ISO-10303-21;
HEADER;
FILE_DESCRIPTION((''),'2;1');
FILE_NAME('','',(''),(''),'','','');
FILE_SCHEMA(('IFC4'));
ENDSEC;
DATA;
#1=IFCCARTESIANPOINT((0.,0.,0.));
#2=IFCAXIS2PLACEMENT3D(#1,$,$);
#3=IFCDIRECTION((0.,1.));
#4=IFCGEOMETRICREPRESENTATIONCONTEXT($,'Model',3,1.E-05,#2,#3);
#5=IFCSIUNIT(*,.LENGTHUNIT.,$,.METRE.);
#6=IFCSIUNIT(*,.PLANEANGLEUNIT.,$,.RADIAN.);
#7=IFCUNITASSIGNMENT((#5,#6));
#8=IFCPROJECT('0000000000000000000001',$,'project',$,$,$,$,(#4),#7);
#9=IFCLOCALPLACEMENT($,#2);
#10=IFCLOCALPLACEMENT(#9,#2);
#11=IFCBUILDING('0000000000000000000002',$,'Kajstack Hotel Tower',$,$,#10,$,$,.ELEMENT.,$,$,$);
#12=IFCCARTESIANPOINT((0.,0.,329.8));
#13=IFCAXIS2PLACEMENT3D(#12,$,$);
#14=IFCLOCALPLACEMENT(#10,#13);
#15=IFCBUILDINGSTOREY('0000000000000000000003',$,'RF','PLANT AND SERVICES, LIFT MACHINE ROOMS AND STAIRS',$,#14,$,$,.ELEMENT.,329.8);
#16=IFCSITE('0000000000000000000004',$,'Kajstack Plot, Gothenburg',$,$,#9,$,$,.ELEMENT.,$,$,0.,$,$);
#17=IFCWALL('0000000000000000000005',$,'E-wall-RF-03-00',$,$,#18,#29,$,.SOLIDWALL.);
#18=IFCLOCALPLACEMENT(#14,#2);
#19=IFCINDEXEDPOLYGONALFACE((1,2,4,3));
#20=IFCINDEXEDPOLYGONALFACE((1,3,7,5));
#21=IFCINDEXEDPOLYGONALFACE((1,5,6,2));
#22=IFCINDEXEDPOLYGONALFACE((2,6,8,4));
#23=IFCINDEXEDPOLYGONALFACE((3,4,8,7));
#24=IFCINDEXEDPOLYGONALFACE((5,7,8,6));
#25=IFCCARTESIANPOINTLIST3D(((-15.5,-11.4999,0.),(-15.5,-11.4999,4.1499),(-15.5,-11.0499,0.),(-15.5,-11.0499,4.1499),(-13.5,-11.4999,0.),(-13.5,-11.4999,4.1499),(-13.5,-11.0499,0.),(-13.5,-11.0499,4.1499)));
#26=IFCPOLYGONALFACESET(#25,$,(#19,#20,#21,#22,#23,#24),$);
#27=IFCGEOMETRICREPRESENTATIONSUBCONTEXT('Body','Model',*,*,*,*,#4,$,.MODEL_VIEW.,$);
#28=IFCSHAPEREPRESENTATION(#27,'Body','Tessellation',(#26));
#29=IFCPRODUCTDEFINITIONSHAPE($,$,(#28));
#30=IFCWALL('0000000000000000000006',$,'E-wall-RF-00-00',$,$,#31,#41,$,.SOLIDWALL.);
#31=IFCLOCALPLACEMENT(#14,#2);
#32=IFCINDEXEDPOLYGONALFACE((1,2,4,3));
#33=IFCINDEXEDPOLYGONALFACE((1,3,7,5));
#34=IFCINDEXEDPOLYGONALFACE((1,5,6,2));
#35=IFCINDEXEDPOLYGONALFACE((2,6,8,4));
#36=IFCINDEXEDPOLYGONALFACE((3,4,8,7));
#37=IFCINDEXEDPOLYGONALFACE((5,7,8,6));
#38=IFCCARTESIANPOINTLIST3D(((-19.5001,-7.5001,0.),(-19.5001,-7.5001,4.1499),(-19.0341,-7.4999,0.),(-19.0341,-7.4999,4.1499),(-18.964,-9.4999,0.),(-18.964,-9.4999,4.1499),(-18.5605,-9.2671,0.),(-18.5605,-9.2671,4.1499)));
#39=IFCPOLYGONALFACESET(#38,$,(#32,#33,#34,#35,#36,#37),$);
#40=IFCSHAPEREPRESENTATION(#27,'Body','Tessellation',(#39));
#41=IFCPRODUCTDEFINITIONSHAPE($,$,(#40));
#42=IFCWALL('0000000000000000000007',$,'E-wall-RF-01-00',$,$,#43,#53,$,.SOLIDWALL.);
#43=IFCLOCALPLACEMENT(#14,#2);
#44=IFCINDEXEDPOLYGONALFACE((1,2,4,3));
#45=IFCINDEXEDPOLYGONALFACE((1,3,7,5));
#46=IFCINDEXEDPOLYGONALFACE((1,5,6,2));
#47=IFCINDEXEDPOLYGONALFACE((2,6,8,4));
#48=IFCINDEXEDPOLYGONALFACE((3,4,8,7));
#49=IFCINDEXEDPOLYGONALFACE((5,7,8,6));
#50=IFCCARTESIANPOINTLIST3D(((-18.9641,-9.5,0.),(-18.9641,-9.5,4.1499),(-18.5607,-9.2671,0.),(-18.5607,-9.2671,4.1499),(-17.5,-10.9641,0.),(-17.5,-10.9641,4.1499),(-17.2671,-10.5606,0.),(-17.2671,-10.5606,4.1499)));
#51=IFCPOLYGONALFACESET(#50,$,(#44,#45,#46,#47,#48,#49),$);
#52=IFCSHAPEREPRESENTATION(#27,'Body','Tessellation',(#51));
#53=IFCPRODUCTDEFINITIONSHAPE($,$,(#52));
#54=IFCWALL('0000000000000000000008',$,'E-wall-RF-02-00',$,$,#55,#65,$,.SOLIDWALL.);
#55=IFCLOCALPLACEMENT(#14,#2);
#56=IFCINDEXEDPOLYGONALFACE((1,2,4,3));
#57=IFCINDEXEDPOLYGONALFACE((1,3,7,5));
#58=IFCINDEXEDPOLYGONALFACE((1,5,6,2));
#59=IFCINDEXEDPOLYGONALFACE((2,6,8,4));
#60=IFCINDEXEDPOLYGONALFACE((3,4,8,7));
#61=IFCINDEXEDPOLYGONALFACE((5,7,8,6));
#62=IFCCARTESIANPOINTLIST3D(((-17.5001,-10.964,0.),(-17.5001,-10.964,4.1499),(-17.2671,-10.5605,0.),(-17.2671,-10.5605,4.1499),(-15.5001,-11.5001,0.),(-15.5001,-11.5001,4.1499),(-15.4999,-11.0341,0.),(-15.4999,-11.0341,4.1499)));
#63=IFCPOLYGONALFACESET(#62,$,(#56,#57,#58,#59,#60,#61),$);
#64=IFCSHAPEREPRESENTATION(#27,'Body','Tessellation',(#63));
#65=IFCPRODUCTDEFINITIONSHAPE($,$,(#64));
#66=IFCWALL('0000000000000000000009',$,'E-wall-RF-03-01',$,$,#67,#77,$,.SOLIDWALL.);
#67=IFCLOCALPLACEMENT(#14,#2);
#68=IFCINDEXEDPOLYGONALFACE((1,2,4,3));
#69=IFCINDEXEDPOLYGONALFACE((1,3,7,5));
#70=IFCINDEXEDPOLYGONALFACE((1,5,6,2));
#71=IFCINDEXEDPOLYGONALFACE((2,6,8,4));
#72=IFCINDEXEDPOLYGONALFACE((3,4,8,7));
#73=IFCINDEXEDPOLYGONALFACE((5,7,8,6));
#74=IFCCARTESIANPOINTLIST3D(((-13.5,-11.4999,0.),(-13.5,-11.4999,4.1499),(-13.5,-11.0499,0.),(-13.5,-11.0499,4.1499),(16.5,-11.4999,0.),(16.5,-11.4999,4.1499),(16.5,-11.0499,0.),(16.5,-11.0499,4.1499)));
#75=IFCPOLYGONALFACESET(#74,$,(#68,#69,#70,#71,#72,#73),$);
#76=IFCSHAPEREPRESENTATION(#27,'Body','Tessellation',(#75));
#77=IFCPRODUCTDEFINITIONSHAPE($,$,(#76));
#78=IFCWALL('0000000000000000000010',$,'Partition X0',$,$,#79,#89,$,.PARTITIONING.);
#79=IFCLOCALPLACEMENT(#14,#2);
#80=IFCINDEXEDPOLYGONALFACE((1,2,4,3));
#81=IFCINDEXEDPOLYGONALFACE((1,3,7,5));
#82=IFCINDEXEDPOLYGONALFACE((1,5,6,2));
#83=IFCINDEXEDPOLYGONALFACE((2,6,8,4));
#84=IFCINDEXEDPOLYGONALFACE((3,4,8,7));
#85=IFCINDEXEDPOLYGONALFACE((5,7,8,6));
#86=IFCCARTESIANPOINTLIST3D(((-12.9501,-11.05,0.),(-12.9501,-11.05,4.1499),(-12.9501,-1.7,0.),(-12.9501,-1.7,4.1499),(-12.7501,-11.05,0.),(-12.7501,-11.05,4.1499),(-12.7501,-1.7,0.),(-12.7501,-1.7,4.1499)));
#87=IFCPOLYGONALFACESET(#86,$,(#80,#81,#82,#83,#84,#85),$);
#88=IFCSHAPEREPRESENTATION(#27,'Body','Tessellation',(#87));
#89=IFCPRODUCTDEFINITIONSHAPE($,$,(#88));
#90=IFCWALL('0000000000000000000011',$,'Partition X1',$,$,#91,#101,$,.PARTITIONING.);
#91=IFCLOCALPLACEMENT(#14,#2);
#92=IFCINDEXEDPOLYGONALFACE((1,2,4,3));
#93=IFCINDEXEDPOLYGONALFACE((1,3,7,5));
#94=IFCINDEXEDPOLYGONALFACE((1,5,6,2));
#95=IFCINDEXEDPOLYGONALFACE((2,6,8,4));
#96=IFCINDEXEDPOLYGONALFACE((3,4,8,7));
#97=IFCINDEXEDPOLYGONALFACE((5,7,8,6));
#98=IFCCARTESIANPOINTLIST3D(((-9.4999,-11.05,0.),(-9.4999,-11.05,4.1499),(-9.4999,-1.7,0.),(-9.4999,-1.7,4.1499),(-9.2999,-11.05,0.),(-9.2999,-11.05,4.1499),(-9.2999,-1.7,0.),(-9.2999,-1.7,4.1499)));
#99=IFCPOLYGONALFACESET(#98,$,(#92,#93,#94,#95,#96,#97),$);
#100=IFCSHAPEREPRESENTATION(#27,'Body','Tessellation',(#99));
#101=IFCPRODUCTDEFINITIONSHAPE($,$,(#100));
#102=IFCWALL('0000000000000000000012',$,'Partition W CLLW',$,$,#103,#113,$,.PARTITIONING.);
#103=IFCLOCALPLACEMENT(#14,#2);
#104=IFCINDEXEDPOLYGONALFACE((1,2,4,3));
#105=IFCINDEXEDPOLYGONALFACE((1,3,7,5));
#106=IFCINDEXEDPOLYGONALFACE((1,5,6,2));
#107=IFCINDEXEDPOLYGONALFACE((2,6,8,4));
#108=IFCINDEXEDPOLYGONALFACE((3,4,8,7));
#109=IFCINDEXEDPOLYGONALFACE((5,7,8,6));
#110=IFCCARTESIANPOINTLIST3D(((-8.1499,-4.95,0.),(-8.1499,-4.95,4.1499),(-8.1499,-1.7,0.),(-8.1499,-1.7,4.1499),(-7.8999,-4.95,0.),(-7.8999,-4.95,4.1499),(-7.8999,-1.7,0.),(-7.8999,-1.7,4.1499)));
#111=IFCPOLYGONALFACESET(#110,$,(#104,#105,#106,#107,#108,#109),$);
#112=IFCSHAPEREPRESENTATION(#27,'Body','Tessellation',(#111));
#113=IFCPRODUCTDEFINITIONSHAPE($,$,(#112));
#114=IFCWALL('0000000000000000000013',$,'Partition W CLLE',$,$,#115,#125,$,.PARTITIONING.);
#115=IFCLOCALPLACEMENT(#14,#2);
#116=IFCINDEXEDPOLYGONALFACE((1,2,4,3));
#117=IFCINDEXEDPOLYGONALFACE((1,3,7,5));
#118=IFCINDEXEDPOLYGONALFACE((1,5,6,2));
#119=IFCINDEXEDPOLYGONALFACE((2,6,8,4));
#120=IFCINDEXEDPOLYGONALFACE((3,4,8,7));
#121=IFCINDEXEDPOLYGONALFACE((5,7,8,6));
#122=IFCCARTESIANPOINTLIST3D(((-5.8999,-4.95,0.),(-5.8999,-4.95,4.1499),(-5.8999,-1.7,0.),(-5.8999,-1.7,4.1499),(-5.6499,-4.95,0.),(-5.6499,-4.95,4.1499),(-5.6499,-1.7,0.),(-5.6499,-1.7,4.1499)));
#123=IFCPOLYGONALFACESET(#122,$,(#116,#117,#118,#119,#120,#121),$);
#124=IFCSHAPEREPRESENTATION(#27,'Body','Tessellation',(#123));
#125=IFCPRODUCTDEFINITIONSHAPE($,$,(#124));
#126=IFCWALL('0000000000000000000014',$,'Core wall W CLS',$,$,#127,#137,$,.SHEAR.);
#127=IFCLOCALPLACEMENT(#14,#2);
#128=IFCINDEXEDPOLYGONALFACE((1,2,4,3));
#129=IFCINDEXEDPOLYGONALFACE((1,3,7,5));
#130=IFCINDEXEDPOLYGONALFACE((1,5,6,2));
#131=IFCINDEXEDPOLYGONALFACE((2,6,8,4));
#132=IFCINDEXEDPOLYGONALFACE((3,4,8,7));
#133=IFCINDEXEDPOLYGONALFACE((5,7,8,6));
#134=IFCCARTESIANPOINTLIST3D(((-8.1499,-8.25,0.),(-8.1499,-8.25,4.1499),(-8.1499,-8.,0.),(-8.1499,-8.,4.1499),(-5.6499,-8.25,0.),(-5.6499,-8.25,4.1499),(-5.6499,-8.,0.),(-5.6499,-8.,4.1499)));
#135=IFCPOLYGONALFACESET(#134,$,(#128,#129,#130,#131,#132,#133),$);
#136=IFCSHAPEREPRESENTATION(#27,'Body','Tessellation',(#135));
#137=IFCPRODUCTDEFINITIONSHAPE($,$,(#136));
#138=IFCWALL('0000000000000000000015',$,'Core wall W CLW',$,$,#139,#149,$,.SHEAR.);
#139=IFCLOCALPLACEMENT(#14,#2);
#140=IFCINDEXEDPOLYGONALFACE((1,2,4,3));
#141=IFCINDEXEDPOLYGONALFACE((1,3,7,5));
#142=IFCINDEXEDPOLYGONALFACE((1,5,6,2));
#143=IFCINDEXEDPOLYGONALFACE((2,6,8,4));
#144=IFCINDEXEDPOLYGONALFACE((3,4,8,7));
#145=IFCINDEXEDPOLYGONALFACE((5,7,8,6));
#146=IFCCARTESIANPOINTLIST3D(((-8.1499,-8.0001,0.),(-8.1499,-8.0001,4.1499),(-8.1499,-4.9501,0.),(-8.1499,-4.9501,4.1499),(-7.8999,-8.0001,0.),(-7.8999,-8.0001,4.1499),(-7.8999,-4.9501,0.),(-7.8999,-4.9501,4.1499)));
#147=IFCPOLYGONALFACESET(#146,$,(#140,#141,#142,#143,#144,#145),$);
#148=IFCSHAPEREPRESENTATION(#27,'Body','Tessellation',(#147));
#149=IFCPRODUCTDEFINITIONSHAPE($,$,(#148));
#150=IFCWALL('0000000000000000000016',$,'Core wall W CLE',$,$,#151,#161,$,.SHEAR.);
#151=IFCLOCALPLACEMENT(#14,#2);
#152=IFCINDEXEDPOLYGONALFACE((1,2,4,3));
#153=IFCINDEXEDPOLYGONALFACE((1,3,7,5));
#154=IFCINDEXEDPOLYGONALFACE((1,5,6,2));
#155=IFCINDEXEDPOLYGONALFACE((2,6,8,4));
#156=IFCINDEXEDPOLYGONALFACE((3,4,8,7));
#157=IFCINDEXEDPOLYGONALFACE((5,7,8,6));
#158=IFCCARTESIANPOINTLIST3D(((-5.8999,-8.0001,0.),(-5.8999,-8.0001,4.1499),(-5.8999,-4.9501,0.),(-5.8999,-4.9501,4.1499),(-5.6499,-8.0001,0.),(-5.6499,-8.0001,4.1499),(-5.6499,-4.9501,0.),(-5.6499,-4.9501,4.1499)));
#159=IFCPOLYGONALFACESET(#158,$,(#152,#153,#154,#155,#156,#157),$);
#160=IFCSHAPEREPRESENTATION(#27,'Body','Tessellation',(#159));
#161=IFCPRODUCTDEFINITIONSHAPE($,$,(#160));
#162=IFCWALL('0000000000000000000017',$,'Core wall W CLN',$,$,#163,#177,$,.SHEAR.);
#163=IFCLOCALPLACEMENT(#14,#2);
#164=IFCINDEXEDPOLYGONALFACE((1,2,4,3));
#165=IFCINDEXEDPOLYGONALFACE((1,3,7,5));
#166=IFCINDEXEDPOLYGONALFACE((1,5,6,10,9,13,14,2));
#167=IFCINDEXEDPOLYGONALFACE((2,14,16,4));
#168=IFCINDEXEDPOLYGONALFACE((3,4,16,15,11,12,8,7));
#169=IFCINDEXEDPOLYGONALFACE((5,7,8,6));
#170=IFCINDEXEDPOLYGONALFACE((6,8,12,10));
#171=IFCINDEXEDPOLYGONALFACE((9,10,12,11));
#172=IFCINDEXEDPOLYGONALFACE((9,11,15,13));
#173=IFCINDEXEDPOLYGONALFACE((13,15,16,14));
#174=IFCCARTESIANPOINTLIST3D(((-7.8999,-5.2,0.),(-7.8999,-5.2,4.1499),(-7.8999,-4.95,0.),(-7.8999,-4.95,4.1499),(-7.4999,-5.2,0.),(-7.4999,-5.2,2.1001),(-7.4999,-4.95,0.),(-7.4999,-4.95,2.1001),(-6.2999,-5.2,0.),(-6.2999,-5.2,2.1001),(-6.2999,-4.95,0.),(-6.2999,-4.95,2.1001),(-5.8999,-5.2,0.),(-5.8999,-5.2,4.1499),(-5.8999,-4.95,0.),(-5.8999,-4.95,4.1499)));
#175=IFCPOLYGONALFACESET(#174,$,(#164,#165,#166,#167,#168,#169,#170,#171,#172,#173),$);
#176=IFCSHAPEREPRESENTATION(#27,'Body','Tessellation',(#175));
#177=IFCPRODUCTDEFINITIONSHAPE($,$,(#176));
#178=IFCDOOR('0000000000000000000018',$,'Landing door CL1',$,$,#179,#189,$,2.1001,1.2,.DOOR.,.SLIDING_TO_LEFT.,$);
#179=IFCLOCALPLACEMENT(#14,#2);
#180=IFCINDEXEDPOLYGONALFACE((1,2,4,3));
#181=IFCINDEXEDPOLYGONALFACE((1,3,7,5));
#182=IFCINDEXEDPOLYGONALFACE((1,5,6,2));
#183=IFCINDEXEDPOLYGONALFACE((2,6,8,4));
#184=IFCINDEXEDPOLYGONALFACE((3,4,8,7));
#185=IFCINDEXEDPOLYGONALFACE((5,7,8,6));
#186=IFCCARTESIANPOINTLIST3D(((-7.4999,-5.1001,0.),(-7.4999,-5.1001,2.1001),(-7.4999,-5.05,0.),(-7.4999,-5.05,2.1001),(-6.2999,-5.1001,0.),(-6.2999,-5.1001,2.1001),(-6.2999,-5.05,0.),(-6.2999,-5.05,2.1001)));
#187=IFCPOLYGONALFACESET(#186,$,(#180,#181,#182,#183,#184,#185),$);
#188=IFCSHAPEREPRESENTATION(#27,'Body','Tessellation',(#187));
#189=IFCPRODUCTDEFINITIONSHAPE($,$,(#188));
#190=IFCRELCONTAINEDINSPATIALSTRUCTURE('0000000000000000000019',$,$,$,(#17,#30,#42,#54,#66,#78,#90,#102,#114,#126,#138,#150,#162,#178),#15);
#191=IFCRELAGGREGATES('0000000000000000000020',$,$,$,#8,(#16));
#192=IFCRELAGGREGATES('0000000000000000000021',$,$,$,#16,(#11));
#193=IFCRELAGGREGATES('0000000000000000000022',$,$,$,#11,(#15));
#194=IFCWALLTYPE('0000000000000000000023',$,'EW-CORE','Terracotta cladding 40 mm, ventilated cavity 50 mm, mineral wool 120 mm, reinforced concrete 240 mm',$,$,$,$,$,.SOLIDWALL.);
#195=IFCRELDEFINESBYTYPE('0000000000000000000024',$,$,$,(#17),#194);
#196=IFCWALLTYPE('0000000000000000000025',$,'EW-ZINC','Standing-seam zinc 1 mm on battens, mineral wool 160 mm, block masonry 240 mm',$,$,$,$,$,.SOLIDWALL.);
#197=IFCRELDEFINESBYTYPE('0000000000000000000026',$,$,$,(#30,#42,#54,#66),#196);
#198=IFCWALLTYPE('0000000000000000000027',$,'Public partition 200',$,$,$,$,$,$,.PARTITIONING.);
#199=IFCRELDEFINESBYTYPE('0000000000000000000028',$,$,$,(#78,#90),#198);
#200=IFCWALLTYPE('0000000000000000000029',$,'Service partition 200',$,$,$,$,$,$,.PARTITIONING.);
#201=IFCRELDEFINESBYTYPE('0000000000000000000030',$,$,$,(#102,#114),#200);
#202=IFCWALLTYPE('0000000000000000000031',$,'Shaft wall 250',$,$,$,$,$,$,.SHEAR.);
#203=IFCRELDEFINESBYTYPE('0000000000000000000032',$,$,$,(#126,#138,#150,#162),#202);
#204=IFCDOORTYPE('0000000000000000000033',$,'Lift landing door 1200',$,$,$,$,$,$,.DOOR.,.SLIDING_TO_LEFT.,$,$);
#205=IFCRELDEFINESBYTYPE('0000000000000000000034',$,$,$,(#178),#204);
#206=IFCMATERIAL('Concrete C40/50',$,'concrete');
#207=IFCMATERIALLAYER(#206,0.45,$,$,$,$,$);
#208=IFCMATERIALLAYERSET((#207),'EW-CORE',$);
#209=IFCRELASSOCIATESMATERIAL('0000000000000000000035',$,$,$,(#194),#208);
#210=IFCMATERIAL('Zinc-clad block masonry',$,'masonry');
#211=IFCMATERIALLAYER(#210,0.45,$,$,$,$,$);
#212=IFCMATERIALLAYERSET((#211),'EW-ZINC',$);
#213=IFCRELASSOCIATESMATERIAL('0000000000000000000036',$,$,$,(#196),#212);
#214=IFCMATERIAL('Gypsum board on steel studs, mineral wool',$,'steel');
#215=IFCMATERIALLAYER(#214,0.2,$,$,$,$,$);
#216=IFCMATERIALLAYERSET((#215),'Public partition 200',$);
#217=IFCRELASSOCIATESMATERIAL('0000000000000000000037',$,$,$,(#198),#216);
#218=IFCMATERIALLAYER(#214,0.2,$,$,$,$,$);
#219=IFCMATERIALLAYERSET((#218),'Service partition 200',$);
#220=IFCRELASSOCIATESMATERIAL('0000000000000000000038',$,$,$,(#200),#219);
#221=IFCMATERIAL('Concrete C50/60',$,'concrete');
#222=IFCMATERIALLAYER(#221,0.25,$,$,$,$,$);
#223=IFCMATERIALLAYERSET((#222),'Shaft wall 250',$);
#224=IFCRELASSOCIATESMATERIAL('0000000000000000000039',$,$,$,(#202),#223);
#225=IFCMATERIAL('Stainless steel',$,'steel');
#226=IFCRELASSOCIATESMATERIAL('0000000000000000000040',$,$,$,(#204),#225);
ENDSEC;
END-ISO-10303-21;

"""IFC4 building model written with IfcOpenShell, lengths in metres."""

from ifc_helpers import new_model, si_unit, direction, frame, frame_2d, origin, place, context, subcontext, project, spatial, polyline, rectangle, outline, extrude, material, layer, layer_set, type_object, element, fill, save


model = new_model("IFC4")

# Units and contexts
model_context = context("Model", 3, precision=1e-05, world=origin(), true_north=direction((0.0, 1.0)))
body_context = subcontext(model_context, "Body", "Model", "MODEL_VIEW")
ifc_project = project(units=[si_unit("LENGTHUNIT", "METRE"), si_unit("PLANEANGLEUNIT", "RADIAN")], contexts=[model_context])

# Site, building, storey
site_placement = place(None, origin())
site = spatial("IfcSite", under=ifc_project, at=site_placement, Name="Kajstack Plot, Gothenburg", CompositionType="ELEMENT", RefElevation=0.0)
building_placement = place(site_placement, origin())
building = spatial("IfcBuilding", under=site, at=building_placement, Name="Kajstack Hotel Tower", CompositionType="ELEMENT")
storey_placement = place(building_placement, frame((0.0, 0.0, 329.8)))
storey = spatial("IfcBuildingStorey", under=building, at=storey_placement, Name="RF", Description="PLANT AND SERVICES, LIFT MACHINE ROOMS AND STAIRS", CompositionType="ELEMENT", Elevation=329.8)

# Walls
ifc_material_1 = material(Name="Concrete C40/50", Category="concrete")
ifc_layer_1 = layer(ifc_material_1, 0.45)
ifc_layer_set_1 = layer_set([ifc_layer_1], Name="EW-CORE")
wall_type_1 = type_object("IfcWallType", Name="EW-CORE", Description="Terracotta cladding 40 mm, ventilated cavity 50 mm, mineral wool 120 mm, reinforced concrete 240 mm", PredefinedType="SOLIDWALL", material=ifc_layer_set_1)
wall_1_placement = place(storey_placement, frame((-15.5, -11.2749, 0.0), z_axis=(0.0, 0.0, 1.0), x_axis=(1.0, 0.0, 0.0)))
element("IfcWall", 1, at=wall_1_placement, inside=storey, type_object=wall_type_1, Name="E-wall-RF-03-00", PredefinedType="SOLIDWALL", context=body_context, shape_type="SweptSolid", body=[
    extrude(rectangle(XDim=2.0, YDim=0.45, at=frame_2d((1.0, 0.0))), origin(), (0.0, 0.0, 1.0), 4.1499),
])
ifc_material_2 = material(Name="Zinc-clad block masonry", Category="masonry")
ifc_layer_2 = layer(ifc_material_2, 0.45)
ifc_layer_set_2 = layer_set([ifc_layer_2], Name="EW-ZINC")
wall_type_2 = type_object("IfcWallType", Name="EW-ZINC", Description="Standing-seam zinc 1 mm on battens, mineral wool 160 mm, block masonry 240 mm", PredefinedType="SOLIDWALL", material=ifc_layer_set_2)
wall_2_placement = place(storey_placement, frame((-19.2827, -7.4417, 0.0), z_axis=(0.0, 0.0, 1.0), x_axis=(0.258815, -0.965927, 0.0)))
element("IfcWall", 2, at=wall_2_placement, inside=storey, type_object=wall_type_2, Name="E-wall-RF-00-00", PredefinedType="SOLIDWALL", context=body_context, shape_type="SweptSolid", body=[
    extrude(outline(polyline([(0.0002, -0.2251), (2.0706, -0.2249), (1.9502, 0.2251), (0.1206, 0.2251), (0.0002, -0.2251)])), origin(), (0.0, 0.0, 1.0), 4.1499),
])
wall_3_placement = place(storey_placement, frame((-18.8049, -9.3408, 0.0), z_axis=(0.0, 0.0, 1.0), x_axis=(0.707107, -0.707107, 0.0)))
element("IfcWall", 3, at=wall_3_placement, inside=storey, type_object=wall_type_2, Name="E-wall-RF-01-00", PredefinedType="SOLIDWALL", context=body_context, shape_type="SweptSolid", body=[
    extrude(outline(polyline([(0.0, -0.2251), (2.0706, -0.2251), (1.95, 0.2249), (0.1206, 0.2249), (0.0, -0.2251)])), origin(), (0.0, 0.0, 1.0), 4.1499),
])
wall_4_placement = place(storey_placement, frame((-17.4417, -10.7468, 0.0), z_axis=(0.0, 0.0, 1.0), x_axis=(0.965927, -0.258815, 0.0)))
element("IfcWall", 4, at=wall_4_placement, inside=storey, type_object=wall_type_2, Name="E-wall-RF-02-00", PredefinedType="SOLIDWALL", context=body_context, shape_type="SweptSolid", body=[
    extrude(outline(polyline([(-0.0002, -0.2249), (2.0703, -0.2251), (1.95, 0.2251), (0.1204, 0.2251), (-0.0002, -0.2249)])), origin(), (0.0, 0.0, 1.0), 4.1499),
])
wall_5_placement = place(storey_placement, frame((-13.5, -11.2749, 0.0), z_axis=(0.0, 0.0, 1.0), x_axis=(1.0, 0.0, 0.0)))
element("IfcWall", 5, at=wall_5_placement, inside=storey, type_object=wall_type_2, Name="E-wall-RF-03-01", PredefinedType="SOLIDWALL", context=body_context, shape_type="SweptSolid", body=[
    extrude(rectangle(XDim=30.0, YDim=0.45, at=frame_2d((15.0, 0.0))), origin(), (0.0, 0.0, 1.0), 4.1499),
])
ifc_material_3 = material(Name="Gypsum board on steel studs, mineral wool", Category="steel")
ifc_layer_3 = layer(ifc_material_3, 0.2)
ifc_layer_set_3 = layer_set([ifc_layer_3], Name="Public partition 200")
wall_type_3 = type_object("IfcWallType", Name="Public partition 200", PredefinedType="PARTITIONING", material=ifc_layer_set_3)
for number, where, z_axis, x_axis, name in (
    (6, (-12.8501, -11.05, 0.0), (0.0, 0.0, 1.0), (0.0, 1.0, 0.0), "Partition X0"),
    (7, (-9.3999, -11.05, 0.0), (0.0, 0.0, 1.0), (0.0, 1.0, 0.0), "Partition X1"),
):
    element("IfcWall", number, at=place(storey_placement, frame(where, z_axis=z_axis, x_axis=x_axis)), inside=storey, type_object=wall_type_3, Name=name, PredefinedType="PARTITIONING", context=body_context, shape_type="SweptSolid", body=[
        extrude(rectangle(XDim=9.3501, YDim=0.2, at=frame_2d((4.675, 0.0))), origin(), (0.0, 0.0, 1.0), 4.1499),
    ])
ifc_layer_4 = layer(ifc_material_3, 0.2)
ifc_layer_set_4 = layer_set([ifc_layer_4], Name="Service partition 200")
wall_type_4 = type_object("IfcWallType", Name="Service partition 200", PredefinedType="PARTITIONING", material=ifc_layer_set_4)
for number, where, z_axis, x_axis, name in (
    (8, (-8.0249, -4.95, 0.0), (0.0, 0.0, 1.0), (0.0, 1.0, 0.0), "Partition W CLLW"),
    (9, (-5.7749, -4.95, 0.0), (0.0, 0.0, 1.0), (0.0, 1.0, 0.0), "Partition W CLLE"),
):
    element("IfcWall", number, at=place(storey_placement, frame(where, z_axis=z_axis, x_axis=x_axis)), inside=storey, type_object=wall_type_4, Name=name, PredefinedType="PARTITIONING", context=body_context, shape_type="SweptSolid", body=[
        extrude(rectangle(XDim=3.25, YDim=0.25, at=frame_2d((1.625, 0.0))), origin(), (0.0, 0.0, 1.0), 4.1499),
    ])
ifc_material_4 = material(Name="Concrete C50/60", Category="concrete")
ifc_layer_5 = layer(ifc_material_4, 0.25)
ifc_layer_set_5 = layer_set([ifc_layer_5], Name="Shaft wall 250")
wall_type_5 = type_object("IfcWallType", Name="Shaft wall 250", PredefinedType="SHEAR", material=ifc_layer_set_5)
wall_6_placement = place(storey_placement, frame((-8.1499, -8.125, 0.0), z_axis=(0.0, 0.0, 1.0), x_axis=(1.0, 0.0, 0.0)))
element("IfcWall", 10, at=wall_6_placement, inside=storey, type_object=wall_type_5, Name="Core wall W CLS", PredefinedType="SHEAR", context=body_context, shape_type="SweptSolid", body=[
    extrude(rectangle(XDim=2.5, YDim=0.25, at=frame_2d((1.25, 0.0))), origin(), (0.0, 0.0, 1.0), 4.1499),
])
for number, where, z_axis, x_axis, name in (
    (11, (-8.0249, -8.0, 0.0), (0.0, 0.0, 1.0), (0.0, 1.0, 0.0), "Core wall W CLW"),
    (12, (-5.7749, -8.0, 0.0), (0.0, 0.0, 1.0), (0.0, 1.0, 0.0), "Core wall W CLE"),
):
    element("IfcWall", number, at=place(storey_placement, frame(where, z_axis=z_axis, x_axis=x_axis)), inside=storey, type_object=wall_type_5, Name=name, PredefinedType="SHEAR", context=body_context, shape_type="SweptSolid", body=[
        extrude(rectangle(XDim=3.05, YDim=0.25, at=frame_2d((1.5249, 0.0))), origin(), (0.0, 0.0, 1.0), 4.1499),
    ])

# Wall, opening, door
wall_7_placement = place(storey_placement, frame((-7.8999, -5.075, 0.0), z_axis=(0.0, 0.0, 1.0), x_axis=(1.0, 0.0, 0.0)))
wall_7 = element("IfcWall", 13, at=wall_7_placement, inside=storey, type_object=wall_type_5, Name="Core wall W CLN", PredefinedType="SHEAR", context=body_context, shape_type="SweptSolid", body=[
    extrude(rectangle(XDim=2.0, YDim=0.25, at=frame_2d((1.0, 0.0))), origin(), (0.0, 0.0, 1.0), 4.1499),
])
opening_placement = place(wall_7_placement, frame((0.3999, 0.0, 0.0)))
opening = element("IfcOpeningElement", 14, at=opening_placement, cuts=wall_7, PredefinedType="OPENING", context=body_context, shape_type="SweptSolid", body=[
    extrude(rectangle(XDim=1.2, YDim=2.1001, at=frame_2d((0.6001, 1.05))), frame((0.0, 0.135, 0.0), z_axis=(0.0, -1.0, 0.0), x_axis=(1.0, 0.0, 0.0)), (0.0, 0.0, 1.0), 0.27),
])
ifc_material_5 = material(Name="Stainless steel", Category="steel")
door_type = type_object("IfcDoorType", Name="Lift landing door 1200", OperationType="SLIDING_TO_LEFT", PredefinedType="DOOR", material=ifc_material_5)
door_placement = place(opening_placement, origin())
door = element("IfcDoor", 15, at=door_placement, inside=storey, type_object=door_type, Name="Landing door CL1", OperationType="SLIDING_TO_LEFT", OverallHeight=2.1001, OverallWidth=1.2, PredefinedType="DOOR", context=body_context, shape_type="SweptSolid", body=[
    extrude(rectangle(XDim=1.2, YDim=2.1001, at=frame_2d((0.6001, 1.05))), frame((0.0, 0.0249, 0.0), z_axis=(0.0, -1.0, 0.0), x_axis=(1.0, 0.0, 0.0)), (0.0, 0.0, 1.0), 0.05),
])
fill(opening, door)

save(model, "model.ifc")
